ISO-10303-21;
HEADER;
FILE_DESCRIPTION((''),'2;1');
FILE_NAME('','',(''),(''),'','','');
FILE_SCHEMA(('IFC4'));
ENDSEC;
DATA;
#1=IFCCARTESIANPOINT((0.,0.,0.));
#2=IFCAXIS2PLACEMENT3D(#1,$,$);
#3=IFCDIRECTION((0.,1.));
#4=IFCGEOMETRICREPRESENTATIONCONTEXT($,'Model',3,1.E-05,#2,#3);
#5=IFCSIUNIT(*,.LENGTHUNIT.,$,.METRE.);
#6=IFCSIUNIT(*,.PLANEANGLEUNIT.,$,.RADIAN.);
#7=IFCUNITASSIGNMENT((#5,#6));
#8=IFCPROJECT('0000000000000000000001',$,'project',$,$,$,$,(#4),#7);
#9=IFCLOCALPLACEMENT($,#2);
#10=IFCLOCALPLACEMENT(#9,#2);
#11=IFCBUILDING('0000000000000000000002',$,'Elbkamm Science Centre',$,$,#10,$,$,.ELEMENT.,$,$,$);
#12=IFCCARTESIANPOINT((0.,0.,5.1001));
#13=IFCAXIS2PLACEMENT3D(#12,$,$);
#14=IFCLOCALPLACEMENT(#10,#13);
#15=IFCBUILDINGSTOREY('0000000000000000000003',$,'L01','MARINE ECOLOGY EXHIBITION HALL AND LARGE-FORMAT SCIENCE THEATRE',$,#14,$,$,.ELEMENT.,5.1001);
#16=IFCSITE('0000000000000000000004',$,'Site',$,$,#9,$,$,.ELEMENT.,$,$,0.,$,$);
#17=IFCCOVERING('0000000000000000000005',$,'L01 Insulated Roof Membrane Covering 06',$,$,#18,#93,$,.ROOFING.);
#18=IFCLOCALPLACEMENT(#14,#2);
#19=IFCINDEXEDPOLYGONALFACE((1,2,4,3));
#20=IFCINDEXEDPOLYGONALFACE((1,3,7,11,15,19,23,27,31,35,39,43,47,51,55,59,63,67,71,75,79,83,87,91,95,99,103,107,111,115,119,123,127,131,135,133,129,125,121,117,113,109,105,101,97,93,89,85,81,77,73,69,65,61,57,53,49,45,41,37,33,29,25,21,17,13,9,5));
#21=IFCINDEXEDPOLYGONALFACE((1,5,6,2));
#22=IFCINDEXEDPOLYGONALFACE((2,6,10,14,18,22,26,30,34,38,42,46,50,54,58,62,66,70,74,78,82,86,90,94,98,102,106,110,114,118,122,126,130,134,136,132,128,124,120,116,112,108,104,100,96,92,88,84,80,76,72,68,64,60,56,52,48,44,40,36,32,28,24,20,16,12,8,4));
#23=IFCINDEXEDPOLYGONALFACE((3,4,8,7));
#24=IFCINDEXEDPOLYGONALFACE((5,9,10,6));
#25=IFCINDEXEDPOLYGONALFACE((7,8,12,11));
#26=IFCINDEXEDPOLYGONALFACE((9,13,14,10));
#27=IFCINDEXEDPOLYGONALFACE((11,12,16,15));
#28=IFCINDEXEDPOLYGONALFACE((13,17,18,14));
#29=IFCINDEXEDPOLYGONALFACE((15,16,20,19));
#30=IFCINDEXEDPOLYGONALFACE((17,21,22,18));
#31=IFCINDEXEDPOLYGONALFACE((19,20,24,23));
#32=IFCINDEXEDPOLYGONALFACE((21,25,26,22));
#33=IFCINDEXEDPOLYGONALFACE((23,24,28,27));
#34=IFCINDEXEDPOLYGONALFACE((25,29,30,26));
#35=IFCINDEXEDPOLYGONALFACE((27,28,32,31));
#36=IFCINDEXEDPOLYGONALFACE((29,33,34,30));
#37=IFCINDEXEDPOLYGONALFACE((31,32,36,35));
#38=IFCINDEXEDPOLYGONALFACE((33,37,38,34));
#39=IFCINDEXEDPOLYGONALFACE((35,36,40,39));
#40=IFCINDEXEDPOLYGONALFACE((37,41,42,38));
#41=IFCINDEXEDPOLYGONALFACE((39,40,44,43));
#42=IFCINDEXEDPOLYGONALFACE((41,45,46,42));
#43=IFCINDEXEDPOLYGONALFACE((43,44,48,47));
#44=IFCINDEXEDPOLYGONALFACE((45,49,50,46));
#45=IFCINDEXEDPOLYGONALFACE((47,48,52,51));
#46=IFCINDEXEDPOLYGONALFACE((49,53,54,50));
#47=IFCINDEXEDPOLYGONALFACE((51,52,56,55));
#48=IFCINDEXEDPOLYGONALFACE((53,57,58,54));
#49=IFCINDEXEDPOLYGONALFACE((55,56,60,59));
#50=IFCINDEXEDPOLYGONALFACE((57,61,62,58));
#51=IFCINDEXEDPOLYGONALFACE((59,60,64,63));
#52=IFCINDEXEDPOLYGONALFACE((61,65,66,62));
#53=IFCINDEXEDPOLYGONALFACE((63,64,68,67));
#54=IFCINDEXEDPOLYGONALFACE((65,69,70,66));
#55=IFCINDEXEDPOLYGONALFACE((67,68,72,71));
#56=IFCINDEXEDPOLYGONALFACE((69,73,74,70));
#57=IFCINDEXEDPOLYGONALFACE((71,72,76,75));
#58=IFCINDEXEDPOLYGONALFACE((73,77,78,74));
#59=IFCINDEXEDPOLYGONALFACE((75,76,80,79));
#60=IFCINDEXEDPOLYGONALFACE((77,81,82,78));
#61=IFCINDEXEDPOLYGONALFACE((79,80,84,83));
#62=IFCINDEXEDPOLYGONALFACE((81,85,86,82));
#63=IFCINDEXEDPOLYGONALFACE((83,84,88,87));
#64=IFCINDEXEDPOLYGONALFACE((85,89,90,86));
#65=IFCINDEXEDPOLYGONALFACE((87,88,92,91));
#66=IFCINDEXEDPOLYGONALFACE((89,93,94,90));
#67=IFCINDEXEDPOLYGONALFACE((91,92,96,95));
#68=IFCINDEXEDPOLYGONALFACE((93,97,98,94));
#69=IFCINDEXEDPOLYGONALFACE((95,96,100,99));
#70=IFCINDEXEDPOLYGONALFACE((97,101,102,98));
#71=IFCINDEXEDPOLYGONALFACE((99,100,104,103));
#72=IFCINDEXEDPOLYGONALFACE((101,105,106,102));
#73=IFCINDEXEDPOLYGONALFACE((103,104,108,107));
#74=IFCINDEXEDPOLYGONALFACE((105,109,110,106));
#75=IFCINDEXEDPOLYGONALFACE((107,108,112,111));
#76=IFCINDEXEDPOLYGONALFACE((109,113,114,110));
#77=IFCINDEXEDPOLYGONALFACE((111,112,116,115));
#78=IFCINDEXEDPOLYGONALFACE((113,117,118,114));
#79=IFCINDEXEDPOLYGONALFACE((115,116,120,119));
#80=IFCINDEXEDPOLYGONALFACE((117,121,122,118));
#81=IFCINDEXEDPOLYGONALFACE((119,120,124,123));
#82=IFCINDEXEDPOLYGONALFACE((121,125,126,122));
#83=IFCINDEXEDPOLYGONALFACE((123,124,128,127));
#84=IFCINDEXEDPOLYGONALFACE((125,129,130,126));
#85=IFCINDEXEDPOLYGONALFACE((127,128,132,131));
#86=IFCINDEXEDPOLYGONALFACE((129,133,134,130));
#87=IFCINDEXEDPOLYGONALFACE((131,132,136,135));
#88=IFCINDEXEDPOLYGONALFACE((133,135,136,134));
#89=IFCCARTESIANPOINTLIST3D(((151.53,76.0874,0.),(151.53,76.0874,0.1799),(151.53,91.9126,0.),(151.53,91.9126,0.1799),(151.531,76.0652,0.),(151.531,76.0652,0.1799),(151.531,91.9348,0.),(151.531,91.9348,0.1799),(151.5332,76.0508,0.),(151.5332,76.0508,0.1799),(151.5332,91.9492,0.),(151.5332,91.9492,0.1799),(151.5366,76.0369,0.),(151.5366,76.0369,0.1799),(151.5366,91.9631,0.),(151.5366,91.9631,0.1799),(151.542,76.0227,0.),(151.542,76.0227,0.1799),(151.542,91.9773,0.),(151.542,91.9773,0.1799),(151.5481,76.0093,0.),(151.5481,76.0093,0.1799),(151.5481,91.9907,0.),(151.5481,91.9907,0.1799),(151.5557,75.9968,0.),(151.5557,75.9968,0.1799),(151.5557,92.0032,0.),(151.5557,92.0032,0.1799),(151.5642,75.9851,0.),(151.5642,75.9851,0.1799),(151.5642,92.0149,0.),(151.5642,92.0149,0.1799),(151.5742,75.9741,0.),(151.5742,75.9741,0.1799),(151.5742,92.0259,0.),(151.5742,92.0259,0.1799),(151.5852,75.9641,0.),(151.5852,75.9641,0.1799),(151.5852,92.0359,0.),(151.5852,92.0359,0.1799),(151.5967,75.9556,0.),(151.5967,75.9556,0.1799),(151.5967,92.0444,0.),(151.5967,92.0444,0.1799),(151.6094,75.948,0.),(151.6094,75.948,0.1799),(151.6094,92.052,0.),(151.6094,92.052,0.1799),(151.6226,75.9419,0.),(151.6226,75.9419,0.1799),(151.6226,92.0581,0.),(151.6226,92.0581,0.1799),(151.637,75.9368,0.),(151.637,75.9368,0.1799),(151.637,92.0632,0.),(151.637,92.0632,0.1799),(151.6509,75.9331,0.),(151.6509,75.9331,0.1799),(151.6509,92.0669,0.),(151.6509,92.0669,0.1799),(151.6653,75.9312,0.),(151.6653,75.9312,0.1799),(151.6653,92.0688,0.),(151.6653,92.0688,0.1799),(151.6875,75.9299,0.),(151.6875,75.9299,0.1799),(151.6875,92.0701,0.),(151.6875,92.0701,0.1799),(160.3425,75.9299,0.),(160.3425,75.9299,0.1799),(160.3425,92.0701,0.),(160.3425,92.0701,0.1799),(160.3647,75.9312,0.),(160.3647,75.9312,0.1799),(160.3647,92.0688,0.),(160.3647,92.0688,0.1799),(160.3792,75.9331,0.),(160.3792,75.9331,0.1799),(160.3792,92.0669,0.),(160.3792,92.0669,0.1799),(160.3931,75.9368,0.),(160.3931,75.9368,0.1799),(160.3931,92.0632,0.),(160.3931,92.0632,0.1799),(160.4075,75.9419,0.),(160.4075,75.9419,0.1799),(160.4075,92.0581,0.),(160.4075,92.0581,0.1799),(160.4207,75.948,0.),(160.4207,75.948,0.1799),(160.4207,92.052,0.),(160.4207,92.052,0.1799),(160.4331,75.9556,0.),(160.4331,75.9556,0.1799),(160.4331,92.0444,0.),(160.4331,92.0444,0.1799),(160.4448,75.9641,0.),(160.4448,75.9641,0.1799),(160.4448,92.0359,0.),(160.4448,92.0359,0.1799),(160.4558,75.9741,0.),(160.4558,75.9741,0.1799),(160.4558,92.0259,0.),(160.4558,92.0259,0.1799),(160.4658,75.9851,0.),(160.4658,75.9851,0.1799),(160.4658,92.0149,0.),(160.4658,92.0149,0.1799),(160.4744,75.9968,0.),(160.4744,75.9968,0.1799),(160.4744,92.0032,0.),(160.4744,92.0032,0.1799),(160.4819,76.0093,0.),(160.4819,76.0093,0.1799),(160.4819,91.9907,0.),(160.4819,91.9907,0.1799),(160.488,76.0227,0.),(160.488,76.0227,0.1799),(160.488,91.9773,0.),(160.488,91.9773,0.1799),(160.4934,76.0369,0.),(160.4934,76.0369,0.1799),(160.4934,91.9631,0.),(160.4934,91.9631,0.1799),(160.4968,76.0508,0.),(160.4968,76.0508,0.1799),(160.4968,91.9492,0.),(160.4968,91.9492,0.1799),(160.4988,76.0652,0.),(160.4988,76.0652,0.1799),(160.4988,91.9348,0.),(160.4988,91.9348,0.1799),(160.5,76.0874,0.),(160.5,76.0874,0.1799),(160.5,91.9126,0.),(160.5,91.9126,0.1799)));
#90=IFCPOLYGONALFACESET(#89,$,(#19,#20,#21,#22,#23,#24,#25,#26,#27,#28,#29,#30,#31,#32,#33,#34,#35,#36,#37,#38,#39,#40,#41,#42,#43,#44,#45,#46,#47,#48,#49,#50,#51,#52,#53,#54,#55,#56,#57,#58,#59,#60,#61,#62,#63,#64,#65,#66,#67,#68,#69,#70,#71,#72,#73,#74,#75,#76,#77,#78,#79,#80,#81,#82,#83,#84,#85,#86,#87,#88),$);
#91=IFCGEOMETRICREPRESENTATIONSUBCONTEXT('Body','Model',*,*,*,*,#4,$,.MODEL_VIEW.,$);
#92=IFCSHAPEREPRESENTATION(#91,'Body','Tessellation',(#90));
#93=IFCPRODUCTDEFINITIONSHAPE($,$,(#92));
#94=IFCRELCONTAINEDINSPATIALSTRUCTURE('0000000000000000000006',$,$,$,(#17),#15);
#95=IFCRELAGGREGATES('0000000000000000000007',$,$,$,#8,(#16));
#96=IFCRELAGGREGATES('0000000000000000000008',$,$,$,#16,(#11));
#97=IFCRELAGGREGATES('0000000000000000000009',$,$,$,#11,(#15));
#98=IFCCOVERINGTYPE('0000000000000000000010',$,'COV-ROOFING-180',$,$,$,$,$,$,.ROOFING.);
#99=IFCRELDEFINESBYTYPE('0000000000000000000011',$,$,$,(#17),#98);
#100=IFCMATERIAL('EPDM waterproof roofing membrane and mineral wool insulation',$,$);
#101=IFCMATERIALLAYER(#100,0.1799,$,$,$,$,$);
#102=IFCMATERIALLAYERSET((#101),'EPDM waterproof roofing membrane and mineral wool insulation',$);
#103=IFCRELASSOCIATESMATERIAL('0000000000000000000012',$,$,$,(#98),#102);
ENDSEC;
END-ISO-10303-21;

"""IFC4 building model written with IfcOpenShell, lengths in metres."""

from ifc_helpers import new_model, si_unit, direction, frame, origin, place, context, subcontext, project, spatial, polyline, outline, extrude, material, layer, layer_set, type_object, element, save


model = new_model("IFC4")

# Units and contexts
model_context = context("Model", 3, precision=1e-05, world=origin(), true_north=direction((0.0, 1.0)))
body_context = subcontext(model_context, "Body", "Model", "MODEL_VIEW")
ifc_project = project(units=[si_unit("LENGTHUNIT", "METRE"), si_unit("PLANEANGLEUNIT", "RADIAN")], contexts=[model_context])

# Site, building, storey
site_placement = place(None, origin())
site = spatial("IfcSite", under=ifc_project, at=site_placement, Name="Site", CompositionType="ELEMENT", RefElevation=0.0)
building_placement = place(site_placement, origin())
building = spatial("IfcBuilding", under=site, at=building_placement, Name="Elbkamm Science Centre", CompositionType="ELEMENT")
storey_placement = place(building_placement, frame((0.0, 0.0, 5.1001)))
storey = spatial("IfcBuildingStorey", under=building, at=storey_placement, Name="L01", Description="MARINE ECOLOGY EXHIBITION HALL AND LARGE-FORMAT SCIENCE THEATRE", CompositionType="ELEMENT", Elevation=5.1001)

# Covering
ifc_material_1 = material(Name="EPDM waterproof roofing membrane and mineral wool insulation")
ifc_layer_1 = layer(ifc_material_1, 0.1799)
ifc_layer_set_1 = layer_set([ifc_layer_1], Name="EPDM waterproof roofing membrane and mineral wool insulation")
covering_type_1 = type_object("IfcCoveringType", Name="COV-ROOFING-180", PredefinedType="ROOFING", material=ifc_layer_set_1)
covering_1_placement = place(storey_placement, origin())
element("IfcCovering", 1, at=covering_1_placement, inside=storey, type_object=covering_type_1, Name="L01 Insulated Roof Membrane Covering 06", PredefinedType="ROOFING", context=body_context, shape_type="SweptSolid", body=[
    extrude(outline(polyline([(151.6509, 75.9331), (151.637, 75.9368), (151.6226, 75.9419), (151.6094, 75.948), (151.5967, 75.9556), (151.5852, 75.9641), (151.5742, 75.9741), (151.5642, 75.9851), (151.5557, 75.9968), (151.5481, 76.0093), (151.542, 76.0227), (151.5366, 76.0369), (151.5332, 76.0508), (151.531, 76.0652), (151.53, 76.0874), (151.53, 91.9126), (151.531, 91.9348), (151.5332, 91.9492), (151.5366, 91.9631), (151.542, 91.9773), (151.5481, 91.9907), (151.5557, 92.0032), (151.5642, 92.0149), (151.5742, 92.0259), (151.5852, 92.0359), (151.5967, 92.0444), (151.6094, 92.052), (151.6226, 92.0581), (151.637, 92.0632), (151.6509, 92.0669), (151.6653, 92.0688), (151.6875, 92.0701), (160.3425, 92.0701), (160.3647, 92.0688), (160.3792, 92.0669), (160.3931, 92.0632), (160.4075, 92.0581), (160.4207, 92.052), (160.4331, 92.0444), (160.4448, 92.0359), (160.4558, 92.0259), (160.4658, 92.0149), (160.4744, 92.0032), (160.4819, 91.9907), (160.488, 91.9773), (160.4934, 91.9631), (160.4968, 91.9492), (160.4988, 91.9348), (160.5, 91.9126), (160.5, 76.0874), (160.4988, 76.0652), (160.4968, 76.0508), (160.4934, 76.0369), (160.488, 76.0227), (160.4819, 76.0093), (160.4744, 75.9968), (160.4658, 75.9851), (160.4558, 75.9741), (160.4448, 75.9641), (160.4331, 75.9556), (160.4207, 75.948), (160.4075, 75.9419), (160.3931, 75.9368), (160.3792, 75.9331), (160.3647, 75.9312), (160.3425, 75.9299), (151.6875, 75.9299), (151.6653, 75.9312), (151.6509, 75.9331)])), origin(), (0.0, 0.0, 1.0), 0.1799),
])

save(model, "model.ifc")
